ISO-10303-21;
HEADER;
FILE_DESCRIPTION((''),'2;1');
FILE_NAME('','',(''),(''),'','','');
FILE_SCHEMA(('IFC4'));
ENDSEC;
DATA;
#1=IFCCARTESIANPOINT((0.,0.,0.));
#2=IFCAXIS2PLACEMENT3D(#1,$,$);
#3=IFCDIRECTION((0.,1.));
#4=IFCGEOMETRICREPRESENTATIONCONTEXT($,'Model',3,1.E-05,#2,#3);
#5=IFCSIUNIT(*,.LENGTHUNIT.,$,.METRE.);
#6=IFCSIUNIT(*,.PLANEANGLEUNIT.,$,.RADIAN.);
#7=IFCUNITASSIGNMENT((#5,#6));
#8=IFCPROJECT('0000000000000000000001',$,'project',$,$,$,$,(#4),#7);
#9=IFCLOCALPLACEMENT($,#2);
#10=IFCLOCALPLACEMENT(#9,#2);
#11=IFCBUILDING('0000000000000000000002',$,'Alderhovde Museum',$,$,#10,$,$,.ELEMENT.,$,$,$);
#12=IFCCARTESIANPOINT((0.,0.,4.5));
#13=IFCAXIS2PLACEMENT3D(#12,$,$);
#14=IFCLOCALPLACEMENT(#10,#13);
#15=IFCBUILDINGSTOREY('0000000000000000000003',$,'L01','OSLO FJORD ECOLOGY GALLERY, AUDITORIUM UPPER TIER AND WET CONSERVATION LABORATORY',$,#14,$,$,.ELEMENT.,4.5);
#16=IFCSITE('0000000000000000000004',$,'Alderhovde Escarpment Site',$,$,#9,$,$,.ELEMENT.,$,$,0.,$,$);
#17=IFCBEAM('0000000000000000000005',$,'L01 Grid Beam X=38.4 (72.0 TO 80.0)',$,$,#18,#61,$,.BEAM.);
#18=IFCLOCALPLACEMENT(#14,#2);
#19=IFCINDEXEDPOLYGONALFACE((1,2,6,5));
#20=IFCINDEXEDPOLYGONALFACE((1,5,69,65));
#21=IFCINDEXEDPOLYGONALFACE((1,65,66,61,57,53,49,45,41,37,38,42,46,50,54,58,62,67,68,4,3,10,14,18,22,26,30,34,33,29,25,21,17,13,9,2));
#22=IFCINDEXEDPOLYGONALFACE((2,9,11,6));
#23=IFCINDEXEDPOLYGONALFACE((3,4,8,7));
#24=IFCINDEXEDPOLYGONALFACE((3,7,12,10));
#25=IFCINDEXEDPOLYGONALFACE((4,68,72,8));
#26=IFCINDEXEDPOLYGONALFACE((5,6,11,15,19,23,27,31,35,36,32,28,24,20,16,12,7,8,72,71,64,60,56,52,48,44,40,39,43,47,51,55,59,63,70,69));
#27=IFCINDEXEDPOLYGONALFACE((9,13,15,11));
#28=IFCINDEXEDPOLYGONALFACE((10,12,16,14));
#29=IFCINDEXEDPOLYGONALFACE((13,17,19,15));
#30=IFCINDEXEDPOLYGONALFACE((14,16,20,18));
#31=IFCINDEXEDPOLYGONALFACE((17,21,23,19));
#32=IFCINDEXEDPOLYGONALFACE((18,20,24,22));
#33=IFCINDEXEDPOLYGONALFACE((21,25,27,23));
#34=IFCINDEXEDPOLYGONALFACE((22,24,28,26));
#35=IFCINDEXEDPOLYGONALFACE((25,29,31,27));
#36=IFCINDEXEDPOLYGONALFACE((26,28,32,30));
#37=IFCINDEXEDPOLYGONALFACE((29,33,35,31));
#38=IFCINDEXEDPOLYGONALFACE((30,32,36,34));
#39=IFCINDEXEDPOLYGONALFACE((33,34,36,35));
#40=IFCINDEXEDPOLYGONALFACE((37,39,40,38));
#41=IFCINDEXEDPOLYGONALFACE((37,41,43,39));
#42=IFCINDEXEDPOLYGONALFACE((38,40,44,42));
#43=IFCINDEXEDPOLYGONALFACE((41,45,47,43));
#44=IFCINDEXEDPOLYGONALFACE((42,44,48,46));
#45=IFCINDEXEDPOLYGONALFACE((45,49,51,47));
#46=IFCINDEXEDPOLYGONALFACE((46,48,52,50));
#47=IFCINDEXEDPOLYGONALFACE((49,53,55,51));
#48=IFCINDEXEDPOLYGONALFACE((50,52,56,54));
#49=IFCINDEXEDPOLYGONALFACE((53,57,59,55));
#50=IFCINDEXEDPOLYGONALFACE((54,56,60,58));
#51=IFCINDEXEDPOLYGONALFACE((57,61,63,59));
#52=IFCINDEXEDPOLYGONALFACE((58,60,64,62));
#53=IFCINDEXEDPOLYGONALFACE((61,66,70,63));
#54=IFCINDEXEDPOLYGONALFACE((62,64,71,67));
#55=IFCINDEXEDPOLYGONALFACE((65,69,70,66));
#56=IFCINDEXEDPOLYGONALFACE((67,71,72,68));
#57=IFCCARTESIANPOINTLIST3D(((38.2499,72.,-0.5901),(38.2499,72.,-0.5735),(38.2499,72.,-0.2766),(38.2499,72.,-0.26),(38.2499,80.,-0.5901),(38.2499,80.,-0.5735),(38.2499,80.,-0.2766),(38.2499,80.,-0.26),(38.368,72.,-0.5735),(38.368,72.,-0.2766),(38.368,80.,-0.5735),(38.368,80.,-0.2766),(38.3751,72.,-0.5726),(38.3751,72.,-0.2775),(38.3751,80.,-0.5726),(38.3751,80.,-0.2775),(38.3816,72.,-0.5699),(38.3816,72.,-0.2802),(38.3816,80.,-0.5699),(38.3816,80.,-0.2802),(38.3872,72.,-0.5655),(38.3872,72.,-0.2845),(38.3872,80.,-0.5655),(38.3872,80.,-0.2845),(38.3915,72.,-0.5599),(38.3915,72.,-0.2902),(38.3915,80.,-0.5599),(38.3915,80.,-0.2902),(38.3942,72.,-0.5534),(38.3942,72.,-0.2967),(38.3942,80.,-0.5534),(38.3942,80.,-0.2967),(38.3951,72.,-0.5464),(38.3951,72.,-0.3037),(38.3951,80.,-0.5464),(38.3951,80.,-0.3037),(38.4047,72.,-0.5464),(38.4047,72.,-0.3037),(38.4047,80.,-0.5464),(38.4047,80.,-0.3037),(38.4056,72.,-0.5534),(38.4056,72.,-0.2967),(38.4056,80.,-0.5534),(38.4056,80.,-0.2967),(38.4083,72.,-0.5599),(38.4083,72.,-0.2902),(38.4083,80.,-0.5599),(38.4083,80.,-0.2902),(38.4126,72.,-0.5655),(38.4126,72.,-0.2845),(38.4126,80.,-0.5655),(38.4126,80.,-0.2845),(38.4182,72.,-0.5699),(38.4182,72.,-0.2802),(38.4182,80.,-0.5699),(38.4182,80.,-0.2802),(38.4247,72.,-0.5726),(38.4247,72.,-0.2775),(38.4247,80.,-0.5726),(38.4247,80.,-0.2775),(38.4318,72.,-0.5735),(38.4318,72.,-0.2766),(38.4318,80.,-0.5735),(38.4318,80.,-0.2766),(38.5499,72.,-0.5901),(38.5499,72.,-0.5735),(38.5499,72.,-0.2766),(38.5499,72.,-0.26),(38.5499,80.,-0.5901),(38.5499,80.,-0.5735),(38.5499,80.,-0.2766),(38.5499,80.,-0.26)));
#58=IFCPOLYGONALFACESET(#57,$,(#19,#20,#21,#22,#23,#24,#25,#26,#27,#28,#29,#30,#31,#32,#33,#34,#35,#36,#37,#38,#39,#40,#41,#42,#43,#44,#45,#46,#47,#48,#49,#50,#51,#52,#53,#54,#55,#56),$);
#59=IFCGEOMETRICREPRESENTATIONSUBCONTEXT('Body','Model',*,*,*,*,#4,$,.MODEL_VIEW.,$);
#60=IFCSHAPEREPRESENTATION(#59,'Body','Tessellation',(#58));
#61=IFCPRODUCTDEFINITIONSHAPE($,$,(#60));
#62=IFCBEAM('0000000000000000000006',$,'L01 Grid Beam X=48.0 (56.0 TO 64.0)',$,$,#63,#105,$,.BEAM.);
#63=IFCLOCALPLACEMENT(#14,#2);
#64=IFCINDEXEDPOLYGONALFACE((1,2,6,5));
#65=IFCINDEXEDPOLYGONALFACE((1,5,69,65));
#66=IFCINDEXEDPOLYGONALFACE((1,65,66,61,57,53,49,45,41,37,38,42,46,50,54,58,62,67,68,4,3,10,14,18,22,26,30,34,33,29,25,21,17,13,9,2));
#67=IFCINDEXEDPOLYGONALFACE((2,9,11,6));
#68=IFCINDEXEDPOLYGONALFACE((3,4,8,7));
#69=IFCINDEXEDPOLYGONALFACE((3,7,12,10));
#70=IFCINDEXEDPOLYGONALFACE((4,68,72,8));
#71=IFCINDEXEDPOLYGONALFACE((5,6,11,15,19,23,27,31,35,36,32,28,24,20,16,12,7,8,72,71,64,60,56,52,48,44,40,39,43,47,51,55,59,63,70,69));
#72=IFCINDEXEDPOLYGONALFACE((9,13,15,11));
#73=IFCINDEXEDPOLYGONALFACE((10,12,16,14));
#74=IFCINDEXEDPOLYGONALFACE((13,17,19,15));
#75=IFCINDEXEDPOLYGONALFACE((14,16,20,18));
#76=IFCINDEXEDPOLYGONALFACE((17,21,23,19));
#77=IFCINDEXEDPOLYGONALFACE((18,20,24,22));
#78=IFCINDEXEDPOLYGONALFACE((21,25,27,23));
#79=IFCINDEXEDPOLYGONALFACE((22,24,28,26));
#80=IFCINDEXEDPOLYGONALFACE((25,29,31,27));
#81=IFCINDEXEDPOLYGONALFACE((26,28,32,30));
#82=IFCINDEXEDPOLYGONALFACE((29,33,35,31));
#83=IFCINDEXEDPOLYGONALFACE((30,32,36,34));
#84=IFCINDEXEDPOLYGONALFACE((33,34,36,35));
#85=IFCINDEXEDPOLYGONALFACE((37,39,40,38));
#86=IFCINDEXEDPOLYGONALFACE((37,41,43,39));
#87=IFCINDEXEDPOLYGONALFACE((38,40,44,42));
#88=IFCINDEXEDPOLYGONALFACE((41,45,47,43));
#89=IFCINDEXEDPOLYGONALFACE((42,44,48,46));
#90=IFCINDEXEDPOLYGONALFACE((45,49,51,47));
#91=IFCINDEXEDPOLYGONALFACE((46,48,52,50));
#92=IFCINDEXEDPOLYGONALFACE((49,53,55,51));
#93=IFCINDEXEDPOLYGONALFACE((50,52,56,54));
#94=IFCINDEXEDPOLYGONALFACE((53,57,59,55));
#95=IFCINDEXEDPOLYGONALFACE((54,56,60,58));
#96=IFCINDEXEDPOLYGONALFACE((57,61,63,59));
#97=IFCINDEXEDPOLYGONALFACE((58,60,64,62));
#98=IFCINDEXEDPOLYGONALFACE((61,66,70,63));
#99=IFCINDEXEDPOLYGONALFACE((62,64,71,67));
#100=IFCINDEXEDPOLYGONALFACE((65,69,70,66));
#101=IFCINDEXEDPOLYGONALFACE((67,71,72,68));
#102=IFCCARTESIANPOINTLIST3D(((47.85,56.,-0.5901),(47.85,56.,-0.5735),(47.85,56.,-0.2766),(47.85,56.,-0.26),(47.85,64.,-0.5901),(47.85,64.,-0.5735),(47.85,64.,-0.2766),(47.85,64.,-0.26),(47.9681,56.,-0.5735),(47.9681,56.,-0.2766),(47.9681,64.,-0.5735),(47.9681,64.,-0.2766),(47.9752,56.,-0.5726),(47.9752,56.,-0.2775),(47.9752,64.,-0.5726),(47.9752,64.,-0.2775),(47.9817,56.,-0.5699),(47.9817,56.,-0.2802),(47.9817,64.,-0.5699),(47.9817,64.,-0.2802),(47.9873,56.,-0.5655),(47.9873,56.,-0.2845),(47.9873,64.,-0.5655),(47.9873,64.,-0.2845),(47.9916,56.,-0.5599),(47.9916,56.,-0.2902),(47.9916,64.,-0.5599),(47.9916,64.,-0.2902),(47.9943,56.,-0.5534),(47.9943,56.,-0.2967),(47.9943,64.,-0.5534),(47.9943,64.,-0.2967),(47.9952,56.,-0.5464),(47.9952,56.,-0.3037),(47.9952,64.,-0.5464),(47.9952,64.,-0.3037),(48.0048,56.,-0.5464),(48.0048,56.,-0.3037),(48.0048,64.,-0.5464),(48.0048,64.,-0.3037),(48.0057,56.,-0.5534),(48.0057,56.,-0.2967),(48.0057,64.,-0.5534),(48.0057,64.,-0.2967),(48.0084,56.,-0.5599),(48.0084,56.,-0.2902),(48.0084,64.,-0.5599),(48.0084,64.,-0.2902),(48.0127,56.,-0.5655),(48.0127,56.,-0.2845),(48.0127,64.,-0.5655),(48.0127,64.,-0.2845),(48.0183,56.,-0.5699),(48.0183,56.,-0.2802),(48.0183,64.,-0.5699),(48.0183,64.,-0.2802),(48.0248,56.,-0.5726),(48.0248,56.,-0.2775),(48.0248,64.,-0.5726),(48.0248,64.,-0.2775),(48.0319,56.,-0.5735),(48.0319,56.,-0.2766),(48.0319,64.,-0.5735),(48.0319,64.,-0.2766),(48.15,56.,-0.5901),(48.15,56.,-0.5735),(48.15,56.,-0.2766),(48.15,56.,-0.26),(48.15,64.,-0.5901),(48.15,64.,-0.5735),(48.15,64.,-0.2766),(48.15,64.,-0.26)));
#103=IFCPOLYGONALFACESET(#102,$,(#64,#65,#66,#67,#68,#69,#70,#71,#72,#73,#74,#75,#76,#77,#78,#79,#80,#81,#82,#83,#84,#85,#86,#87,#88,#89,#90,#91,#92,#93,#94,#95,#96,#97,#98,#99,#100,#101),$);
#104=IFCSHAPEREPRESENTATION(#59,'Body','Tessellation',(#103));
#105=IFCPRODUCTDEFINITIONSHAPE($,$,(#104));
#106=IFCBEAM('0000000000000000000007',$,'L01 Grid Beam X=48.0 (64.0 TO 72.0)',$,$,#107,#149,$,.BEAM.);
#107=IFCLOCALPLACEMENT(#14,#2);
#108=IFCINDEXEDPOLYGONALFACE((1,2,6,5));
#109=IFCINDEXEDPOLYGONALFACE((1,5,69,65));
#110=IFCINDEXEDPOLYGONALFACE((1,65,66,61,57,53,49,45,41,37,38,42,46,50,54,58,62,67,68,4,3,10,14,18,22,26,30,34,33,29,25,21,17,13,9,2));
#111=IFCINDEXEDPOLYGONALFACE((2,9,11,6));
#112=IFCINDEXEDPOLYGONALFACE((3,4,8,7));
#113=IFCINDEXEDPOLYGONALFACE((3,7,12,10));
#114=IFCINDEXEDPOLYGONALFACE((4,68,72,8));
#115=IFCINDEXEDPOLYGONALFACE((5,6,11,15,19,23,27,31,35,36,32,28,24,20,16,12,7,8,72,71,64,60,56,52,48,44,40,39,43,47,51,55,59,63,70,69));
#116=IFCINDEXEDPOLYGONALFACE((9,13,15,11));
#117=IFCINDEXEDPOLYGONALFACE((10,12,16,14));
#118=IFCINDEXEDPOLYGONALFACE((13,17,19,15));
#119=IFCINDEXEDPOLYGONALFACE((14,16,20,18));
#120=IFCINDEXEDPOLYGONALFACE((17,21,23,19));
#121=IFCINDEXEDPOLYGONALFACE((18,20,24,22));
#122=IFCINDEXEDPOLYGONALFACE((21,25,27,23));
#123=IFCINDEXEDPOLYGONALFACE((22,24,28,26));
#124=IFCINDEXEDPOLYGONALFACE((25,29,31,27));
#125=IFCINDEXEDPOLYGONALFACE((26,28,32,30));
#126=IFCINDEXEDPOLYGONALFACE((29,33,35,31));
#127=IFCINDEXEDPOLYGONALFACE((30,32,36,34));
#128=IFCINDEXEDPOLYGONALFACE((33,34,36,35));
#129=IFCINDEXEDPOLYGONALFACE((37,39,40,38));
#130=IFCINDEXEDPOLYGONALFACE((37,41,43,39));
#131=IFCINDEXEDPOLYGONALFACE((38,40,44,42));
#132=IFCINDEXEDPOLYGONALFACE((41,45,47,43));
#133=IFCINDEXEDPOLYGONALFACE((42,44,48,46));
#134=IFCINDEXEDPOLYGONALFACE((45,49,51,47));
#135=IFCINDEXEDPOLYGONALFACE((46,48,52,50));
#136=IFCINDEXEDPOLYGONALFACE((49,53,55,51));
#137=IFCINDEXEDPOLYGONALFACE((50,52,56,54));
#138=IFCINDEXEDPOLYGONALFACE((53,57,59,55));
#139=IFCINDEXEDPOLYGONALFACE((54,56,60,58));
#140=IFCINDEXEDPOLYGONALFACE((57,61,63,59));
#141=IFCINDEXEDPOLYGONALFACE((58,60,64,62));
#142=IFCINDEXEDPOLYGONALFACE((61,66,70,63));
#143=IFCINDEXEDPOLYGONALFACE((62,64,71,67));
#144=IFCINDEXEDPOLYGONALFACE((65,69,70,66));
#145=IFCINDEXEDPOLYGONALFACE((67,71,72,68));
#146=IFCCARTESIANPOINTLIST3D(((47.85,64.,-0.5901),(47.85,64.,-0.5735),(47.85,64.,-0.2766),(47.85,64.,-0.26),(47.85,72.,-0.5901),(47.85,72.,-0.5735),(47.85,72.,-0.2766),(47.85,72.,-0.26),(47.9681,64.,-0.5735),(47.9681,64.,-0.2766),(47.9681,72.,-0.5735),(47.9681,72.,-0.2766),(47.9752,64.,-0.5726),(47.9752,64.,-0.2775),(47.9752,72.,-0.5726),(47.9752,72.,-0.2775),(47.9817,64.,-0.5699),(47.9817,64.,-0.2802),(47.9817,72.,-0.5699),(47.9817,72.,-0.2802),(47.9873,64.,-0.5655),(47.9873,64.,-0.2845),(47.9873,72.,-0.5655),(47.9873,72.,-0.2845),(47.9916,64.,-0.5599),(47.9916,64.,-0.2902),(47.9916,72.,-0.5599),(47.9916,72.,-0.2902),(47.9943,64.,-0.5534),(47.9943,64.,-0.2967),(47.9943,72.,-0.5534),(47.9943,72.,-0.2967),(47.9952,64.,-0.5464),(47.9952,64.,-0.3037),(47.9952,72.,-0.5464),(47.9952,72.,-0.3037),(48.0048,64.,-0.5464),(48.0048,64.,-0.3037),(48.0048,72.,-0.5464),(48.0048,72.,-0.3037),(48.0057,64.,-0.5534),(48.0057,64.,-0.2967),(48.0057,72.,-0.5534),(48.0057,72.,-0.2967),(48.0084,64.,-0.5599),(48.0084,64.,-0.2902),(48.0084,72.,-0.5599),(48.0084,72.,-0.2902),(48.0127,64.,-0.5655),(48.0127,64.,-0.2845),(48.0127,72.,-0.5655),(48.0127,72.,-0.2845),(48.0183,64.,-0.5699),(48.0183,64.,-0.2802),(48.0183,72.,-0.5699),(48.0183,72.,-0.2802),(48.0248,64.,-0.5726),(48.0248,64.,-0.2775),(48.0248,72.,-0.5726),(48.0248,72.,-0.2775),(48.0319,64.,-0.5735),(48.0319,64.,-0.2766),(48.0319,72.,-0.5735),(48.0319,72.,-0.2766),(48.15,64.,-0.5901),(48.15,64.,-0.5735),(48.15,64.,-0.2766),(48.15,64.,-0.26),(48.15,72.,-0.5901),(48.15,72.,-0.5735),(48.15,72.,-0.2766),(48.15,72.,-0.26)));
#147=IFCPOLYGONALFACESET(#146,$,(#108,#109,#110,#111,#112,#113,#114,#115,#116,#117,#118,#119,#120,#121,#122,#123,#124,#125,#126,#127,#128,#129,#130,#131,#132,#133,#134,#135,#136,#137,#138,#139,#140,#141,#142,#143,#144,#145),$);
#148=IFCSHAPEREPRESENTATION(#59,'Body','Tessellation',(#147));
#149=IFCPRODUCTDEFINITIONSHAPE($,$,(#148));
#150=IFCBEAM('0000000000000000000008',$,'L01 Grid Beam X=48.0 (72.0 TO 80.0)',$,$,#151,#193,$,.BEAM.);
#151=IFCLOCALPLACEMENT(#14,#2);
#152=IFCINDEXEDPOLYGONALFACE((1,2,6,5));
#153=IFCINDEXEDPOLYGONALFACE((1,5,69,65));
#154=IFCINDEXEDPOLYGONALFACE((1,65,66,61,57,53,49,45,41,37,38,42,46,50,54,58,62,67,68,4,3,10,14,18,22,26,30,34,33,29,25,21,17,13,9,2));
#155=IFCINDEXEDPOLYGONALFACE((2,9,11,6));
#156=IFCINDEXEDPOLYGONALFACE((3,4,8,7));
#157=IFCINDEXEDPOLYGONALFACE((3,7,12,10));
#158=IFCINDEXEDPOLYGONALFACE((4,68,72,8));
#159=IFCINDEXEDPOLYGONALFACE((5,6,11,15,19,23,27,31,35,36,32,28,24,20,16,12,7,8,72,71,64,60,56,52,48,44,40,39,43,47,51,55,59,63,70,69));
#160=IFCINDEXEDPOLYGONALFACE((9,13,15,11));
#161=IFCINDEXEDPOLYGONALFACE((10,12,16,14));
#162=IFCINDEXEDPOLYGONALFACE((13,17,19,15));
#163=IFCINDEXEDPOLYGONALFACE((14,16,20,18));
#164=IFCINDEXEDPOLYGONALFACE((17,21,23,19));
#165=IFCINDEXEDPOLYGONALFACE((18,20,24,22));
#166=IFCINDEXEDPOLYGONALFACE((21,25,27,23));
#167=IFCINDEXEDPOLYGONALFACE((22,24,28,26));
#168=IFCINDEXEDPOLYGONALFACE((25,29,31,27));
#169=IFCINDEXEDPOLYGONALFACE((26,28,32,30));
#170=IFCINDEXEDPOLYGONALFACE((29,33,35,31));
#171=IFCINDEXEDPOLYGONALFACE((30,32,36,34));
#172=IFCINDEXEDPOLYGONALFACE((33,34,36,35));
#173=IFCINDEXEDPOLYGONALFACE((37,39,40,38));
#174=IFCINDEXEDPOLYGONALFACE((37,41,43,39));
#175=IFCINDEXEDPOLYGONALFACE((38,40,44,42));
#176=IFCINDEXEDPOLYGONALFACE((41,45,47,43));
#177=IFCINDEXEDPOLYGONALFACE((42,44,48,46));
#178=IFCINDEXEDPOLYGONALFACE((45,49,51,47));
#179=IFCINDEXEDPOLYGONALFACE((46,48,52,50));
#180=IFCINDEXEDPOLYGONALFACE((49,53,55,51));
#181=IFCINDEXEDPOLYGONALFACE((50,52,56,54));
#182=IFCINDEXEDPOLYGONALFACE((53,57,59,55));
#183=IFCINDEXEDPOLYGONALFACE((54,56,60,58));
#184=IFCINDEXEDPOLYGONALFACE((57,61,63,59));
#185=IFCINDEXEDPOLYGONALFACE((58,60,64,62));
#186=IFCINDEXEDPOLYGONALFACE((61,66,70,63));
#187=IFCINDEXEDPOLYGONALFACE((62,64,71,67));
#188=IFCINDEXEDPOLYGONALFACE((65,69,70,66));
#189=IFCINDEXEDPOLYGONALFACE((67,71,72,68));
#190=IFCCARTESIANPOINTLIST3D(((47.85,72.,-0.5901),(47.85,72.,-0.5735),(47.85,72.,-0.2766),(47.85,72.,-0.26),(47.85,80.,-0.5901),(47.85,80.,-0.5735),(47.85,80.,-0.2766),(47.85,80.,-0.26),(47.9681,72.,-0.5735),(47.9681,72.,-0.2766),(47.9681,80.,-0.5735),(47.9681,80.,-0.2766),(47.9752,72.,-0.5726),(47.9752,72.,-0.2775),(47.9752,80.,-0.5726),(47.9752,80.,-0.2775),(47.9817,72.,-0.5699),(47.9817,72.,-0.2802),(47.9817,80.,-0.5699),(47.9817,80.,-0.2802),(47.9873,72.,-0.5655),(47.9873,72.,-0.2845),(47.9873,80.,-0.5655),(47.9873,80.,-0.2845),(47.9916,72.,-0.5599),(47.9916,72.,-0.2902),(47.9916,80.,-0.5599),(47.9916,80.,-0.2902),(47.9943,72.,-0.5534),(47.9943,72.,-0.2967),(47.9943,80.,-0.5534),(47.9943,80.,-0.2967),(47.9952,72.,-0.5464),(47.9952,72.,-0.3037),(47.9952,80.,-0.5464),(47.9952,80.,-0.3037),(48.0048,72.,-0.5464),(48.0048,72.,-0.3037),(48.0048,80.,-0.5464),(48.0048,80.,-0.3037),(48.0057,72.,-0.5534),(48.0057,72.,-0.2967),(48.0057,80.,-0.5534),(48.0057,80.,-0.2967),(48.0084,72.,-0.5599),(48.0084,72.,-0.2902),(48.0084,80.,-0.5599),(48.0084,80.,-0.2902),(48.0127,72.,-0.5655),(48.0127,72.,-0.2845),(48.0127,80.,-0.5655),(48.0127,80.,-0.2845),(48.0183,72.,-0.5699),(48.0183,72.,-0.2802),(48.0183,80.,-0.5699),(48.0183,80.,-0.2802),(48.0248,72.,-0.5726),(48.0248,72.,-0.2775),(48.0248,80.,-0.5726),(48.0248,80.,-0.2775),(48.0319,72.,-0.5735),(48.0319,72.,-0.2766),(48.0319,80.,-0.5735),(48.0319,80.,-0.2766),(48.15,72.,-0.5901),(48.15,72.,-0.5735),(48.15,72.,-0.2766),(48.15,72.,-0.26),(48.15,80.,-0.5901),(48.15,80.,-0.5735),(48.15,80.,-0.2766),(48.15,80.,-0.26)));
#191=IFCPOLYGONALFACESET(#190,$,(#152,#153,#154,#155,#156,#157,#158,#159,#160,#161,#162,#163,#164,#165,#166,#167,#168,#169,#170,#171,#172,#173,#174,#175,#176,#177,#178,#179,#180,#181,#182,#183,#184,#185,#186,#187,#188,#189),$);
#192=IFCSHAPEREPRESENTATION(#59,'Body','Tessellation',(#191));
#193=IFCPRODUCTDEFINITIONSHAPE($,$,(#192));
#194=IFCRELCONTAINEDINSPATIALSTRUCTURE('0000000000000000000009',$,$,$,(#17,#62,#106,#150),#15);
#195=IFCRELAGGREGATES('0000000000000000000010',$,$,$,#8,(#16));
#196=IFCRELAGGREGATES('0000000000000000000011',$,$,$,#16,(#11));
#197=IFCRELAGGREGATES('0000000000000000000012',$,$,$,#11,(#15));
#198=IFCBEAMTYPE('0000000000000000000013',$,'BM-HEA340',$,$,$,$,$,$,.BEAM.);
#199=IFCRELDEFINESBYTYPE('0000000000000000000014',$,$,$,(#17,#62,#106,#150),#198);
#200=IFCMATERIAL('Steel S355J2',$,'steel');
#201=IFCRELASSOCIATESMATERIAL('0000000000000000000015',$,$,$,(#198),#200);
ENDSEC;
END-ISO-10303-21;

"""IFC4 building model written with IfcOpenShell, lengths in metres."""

from ifc_helpers import new_model, si_unit, direction, frame, origin, origin_2d, place, context, subcontext, project, spatial, i_section, extrude, material, material_profile, profile_set, type_object, element, save


model = new_model("IFC4")

# Units and contexts
model_context = context("Model", 3, precision=1e-05, world=origin(), true_north=direction((0.0, 1.0)))
body_context = subcontext(model_context, "Body", "Model", "MODEL_VIEW")
ifc_project = project(units=[si_unit("LENGTHUNIT", "METRE"), si_unit("PLANEANGLEUNIT", "RADIAN")], contexts=[model_context])

# Site, building, storey
site_placement = place(None, origin())
site = spatial("IfcSite", under=ifc_project, at=site_placement, Name="Alderhovde Escarpment Site", CompositionType="ELEMENT", RefElevation=0.0)
building_placement = place(site_placement, origin())
building = spatial("IfcBuilding", under=site, at=building_placement, Name="Alderhovde Museum", CompositionType="ELEMENT")
storey_placement = place(building_placement, frame((0.0, 0.0, 4.5)))
storey = spatial("IfcBuildingStorey", under=building, at=storey_placement, Name="L01", Description="OSLO FJORD ECOLOGY GALLERY, AUDITORIUM UPPER TIER AND WET CONSERVATION LABORATORY", CompositionType="ELEMENT", Elevation=4.5)

# Beams
ifc_material_1 = material(Name="Steel S355J2", Category="steel")
ifc_material_profile_1 = material_profile(ifc_material_1, i_section(OverallWidth=0.3, OverallDepth=0.3301, WebThickness=0.0095, FlangeThickness=0.0166, FilletRadius=0.0271, at=origin_2d()), Name="HEA 340")
ifc_profile_set_1 = profile_set([ifc_material_profile_1], Name="Steel S355J2")
beam_type_1 = type_object("IfcBeamType", Name="BM-HEA340", PredefinedType="BEAM", material=ifc_profile_set_1)
for number, where, z_axis, x_axis, name in (
    (1, (38.3999, 72.0, -0.425), (0.0, 1.0, 0.0), (-1.0, 0.0, 0.0), "L01 Grid Beam X=38.4 (72.0 TO 80.0)"),
    (2, (48.0, 56.0, -0.425), (0.0, 1.0, 0.0), (-1.0, 0.0, 0.0), "L01 Grid Beam X=48.0 (56.0 TO 64.0)"),
    (3, (48.0, 64.0, -0.425), (0.0, 1.0, 0.0), (-1.0, 0.0, 0.0), "L01 Grid Beam X=48.0 (64.0 TO 72.0)"),
    (4, (48.0, 72.0, -0.425), (0.0, 1.0, 0.0), (-1.0, 0.0, 0.0), "L01 Grid Beam X=48.0 (72.0 TO 80.0)"),
):
    element("IfcBeam", number, at=place(storey_placement, frame(where, z_axis=z_axis, x_axis=x_axis)), inside=storey, type_object=beam_type_1, Name=name, PredefinedType="BEAM", context=body_context, shape_type="SweptSolid", body=[
        extrude(i_section(OverallWidth=0.3, OverallDepth=0.3301, WebThickness=0.0095, FlangeThickness=0.0166, FilletRadius=0.0271, at=origin_2d()), origin(), (0.0, 0.0, 1.0), 8.0),
    ])

save(model, "model.ifc")
